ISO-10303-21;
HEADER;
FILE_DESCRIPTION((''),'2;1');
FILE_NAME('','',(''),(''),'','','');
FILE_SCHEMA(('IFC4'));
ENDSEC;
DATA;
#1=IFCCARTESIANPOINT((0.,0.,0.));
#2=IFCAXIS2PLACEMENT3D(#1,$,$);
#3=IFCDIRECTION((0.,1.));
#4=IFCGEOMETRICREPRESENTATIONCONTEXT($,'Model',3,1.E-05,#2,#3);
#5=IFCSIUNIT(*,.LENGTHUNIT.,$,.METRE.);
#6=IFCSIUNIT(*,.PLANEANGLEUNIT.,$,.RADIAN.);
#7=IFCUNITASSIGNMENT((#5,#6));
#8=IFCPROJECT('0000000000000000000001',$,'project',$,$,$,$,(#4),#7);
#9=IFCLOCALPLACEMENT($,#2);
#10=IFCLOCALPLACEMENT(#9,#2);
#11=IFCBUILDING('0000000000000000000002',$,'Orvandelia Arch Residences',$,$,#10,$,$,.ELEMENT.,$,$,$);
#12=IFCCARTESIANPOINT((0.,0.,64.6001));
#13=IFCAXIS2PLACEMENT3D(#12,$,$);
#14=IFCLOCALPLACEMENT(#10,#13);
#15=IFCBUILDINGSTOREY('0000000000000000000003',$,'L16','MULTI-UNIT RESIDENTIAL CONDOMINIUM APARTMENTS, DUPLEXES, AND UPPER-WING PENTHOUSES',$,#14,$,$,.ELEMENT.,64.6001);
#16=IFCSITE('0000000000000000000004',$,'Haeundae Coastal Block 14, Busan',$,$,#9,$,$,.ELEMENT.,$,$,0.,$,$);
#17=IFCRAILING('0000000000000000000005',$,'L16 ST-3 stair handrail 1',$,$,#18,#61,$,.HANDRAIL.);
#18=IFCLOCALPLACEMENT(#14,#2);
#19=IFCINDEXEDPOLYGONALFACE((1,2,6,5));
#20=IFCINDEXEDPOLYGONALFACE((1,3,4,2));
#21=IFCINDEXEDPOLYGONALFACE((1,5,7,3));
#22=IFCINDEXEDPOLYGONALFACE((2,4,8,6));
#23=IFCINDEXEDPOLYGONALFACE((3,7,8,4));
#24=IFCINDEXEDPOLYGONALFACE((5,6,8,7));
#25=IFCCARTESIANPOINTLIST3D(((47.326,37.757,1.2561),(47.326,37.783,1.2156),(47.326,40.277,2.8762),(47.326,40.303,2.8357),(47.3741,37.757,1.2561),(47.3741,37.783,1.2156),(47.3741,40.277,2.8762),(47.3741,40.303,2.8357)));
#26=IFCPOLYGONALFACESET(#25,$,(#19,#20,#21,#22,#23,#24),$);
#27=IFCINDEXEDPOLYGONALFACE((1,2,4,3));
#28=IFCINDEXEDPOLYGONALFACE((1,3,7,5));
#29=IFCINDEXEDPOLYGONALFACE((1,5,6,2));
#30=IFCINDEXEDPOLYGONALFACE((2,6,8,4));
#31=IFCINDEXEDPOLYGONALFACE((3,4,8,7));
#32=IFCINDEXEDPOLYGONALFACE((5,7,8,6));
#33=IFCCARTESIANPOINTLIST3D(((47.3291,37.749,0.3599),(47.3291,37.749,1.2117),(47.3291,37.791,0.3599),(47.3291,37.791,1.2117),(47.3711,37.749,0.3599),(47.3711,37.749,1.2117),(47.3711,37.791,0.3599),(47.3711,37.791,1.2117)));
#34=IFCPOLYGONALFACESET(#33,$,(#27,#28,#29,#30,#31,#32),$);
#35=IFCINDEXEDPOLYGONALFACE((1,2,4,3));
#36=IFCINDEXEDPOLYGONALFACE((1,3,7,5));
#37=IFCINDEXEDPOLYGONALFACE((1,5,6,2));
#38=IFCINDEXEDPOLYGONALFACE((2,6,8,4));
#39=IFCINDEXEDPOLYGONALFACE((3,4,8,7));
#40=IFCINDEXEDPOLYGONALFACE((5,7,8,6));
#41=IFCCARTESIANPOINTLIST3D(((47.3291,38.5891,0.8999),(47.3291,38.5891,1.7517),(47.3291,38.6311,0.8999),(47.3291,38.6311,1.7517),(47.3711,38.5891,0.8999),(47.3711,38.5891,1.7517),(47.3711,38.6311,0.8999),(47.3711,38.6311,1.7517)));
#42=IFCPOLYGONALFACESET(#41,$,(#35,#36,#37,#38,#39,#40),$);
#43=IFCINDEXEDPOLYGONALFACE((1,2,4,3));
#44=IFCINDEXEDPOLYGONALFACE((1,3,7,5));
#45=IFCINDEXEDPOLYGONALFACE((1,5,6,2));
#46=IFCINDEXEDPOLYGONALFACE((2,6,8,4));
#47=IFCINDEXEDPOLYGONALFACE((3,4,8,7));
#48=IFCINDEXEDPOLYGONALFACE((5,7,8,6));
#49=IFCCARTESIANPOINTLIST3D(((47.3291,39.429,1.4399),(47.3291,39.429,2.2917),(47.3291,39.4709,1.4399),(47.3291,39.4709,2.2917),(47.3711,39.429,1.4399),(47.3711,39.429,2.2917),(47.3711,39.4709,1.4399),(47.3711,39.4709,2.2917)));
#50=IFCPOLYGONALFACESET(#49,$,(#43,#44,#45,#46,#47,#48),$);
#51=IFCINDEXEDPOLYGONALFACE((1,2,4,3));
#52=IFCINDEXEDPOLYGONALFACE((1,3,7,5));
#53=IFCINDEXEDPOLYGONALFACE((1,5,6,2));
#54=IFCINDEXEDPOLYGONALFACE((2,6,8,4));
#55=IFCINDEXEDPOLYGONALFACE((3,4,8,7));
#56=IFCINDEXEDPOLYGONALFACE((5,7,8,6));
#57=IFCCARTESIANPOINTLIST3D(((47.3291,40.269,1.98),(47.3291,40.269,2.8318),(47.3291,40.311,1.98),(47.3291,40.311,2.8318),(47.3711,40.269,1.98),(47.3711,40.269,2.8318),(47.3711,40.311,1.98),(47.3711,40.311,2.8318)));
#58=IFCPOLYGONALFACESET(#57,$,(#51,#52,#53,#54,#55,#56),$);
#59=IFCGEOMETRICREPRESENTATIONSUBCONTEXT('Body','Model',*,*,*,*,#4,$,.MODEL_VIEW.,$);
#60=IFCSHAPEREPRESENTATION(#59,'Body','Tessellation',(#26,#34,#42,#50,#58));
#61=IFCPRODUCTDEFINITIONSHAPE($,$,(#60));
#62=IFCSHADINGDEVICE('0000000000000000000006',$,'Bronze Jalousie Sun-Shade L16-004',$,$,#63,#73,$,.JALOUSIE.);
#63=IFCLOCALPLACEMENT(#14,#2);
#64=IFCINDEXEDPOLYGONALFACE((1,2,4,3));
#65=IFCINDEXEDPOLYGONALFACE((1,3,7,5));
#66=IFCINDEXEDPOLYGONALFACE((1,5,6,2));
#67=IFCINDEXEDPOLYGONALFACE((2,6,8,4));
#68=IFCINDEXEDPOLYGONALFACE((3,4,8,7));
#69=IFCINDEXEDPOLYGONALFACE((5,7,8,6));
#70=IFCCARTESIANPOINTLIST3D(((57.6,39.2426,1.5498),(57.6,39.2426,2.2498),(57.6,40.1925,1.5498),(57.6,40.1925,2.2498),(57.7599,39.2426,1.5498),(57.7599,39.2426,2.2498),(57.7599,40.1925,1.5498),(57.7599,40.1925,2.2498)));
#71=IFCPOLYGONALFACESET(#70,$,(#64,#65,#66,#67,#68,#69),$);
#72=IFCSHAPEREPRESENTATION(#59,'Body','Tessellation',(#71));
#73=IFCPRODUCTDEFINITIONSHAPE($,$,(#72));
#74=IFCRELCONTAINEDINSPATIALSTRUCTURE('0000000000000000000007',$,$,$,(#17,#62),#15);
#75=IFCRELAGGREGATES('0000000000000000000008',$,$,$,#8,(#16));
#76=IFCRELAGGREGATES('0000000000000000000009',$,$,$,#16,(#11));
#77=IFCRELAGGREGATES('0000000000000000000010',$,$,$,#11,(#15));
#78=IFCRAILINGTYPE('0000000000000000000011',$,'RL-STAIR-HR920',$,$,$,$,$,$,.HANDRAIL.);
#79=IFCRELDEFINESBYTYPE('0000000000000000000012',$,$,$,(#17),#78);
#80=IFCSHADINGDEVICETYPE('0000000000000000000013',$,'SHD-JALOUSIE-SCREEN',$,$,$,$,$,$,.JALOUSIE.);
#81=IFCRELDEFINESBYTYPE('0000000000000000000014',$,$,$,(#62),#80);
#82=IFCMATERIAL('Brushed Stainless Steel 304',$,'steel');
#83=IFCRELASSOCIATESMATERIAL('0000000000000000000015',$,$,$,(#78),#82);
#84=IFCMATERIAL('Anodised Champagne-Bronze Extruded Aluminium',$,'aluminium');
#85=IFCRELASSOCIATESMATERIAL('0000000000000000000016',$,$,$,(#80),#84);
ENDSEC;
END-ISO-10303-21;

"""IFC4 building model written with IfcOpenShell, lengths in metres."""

from ifc_helpers import new_model, si_unit, direction, frame, origin, origin_2d, place, context, subcontext, project, spatial, rectangle, extrude, material, type_object, element, save


model = new_model("IFC4")

# Units and contexts
model_context = context("Model", 3, precision=1e-05, world=origin(), true_north=direction((0.0, 1.0)))
body_context = subcontext(model_context, "Body", "Model", "MODEL_VIEW")
ifc_project = project(units=[si_unit("LENGTHUNIT", "METRE"), si_unit("PLANEANGLEUNIT", "RADIAN")], contexts=[model_context])

# Site, building, storey
site_placement = place(None, origin())
site = spatial("IfcSite", under=ifc_project, at=site_placement, Name="Haeundae Coastal Block 14, Busan", CompositionType="ELEMENT", RefElevation=0.0)
building_placement = place(site_placement, origin())
building = spatial("IfcBuilding", under=site, at=building_placement, Name="Orvandelia Arch Residences", CompositionType="ELEMENT")
storey_placement = place(building_placement, frame((0.0, 0.0, 64.6001)))
storey = spatial("IfcBuildingStorey", under=building, at=storey_placement, Name="L16", Description="MULTI-UNIT RESIDENTIAL CONDOMINIUM APARTMENTS, DUPLEXES, AND UPPER-WING PENTHOUSES", CompositionType="ELEMENT", Elevation=64.6001)

# Railing
ifc_material_1 = material(Name="Brushed Stainless Steel 304", Category="steel")
railing_type_1 = type_object("IfcRailingType", Name="RL-STAIR-HR920", PredefinedType="HANDRAIL", material=ifc_material_1)
railing_1_placement = place(storey_placement, frame((47.3501, 37.77, 0.3599)))
element("IfcRailing", 1, at=railing_1_placement, inside=storey, type_object=railing_type_1, Name="L16 ST-3 stair handrail 1", PredefinedType="HANDRAIL", context=body_context, shape_type="SweptSolid", body=[
    extrude(rectangle(XDim=0.0481, YDim=0.0481, at=origin_2d()), frame((0.0, 0.0, 0.876), z_axis=(0.0, 0.841163, 0.540782), x_axis=(-1.0, 0.0, 0.0)), (0.0, 0.0, 1.0), 2.9958),
    extrude(rectangle(XDim=0.042, YDim=0.042, at=origin_2d()), origin(), (0.0, 0.0, 1.0), 0.8518),
    extrude(rectangle(XDim=0.042, YDim=0.042, at=origin_2d()), frame((0.0, 0.8401, 0.54)), (0.0, 0.0, 1.0), 0.8518),
    extrude(rectangle(XDim=0.042, YDim=0.042, at=origin_2d()), frame((0.0, 1.6799, 1.0801)), (0.0, 0.0, 1.0), 0.8518),
    extrude(rectangle(XDim=0.042, YDim=0.042, at=origin_2d()), frame((0.0, 2.52, 1.6201)), (0.0, 0.0, 1.0), 0.8518),
])

# Shading device
ifc_material_2 = material(Name="Anodised Champagne-Bronze Extruded Aluminium", Category="aluminium")
shading_device_type = type_object("IfcShadingDeviceType", Name="SHD-JALOUSIE-SCREEN", PredefinedType="JALOUSIE", material=ifc_material_2)
shading_device_placement = place(storey_placement, frame((57.6799, 39.7175, 1.5498), z_axis=(0.0, 0.0, 1.0), x_axis=(0.0, -1.0, 0.0)))
element("IfcShadingDevice", 2, at=shading_device_placement, inside=storey, type_object=shading_device_type, Name="Bronze Jalousie Sun-Shade L16-004", PredefinedType="JALOUSIE", context=body_context, shape_type="SweptSolid", body=[
    extrude(rectangle(XDim=0.95, YDim=0.1599, at=origin_2d()), origin(), (0.0, 0.0, 1.0), 0.7),
])

save(model, "model.ifc")
